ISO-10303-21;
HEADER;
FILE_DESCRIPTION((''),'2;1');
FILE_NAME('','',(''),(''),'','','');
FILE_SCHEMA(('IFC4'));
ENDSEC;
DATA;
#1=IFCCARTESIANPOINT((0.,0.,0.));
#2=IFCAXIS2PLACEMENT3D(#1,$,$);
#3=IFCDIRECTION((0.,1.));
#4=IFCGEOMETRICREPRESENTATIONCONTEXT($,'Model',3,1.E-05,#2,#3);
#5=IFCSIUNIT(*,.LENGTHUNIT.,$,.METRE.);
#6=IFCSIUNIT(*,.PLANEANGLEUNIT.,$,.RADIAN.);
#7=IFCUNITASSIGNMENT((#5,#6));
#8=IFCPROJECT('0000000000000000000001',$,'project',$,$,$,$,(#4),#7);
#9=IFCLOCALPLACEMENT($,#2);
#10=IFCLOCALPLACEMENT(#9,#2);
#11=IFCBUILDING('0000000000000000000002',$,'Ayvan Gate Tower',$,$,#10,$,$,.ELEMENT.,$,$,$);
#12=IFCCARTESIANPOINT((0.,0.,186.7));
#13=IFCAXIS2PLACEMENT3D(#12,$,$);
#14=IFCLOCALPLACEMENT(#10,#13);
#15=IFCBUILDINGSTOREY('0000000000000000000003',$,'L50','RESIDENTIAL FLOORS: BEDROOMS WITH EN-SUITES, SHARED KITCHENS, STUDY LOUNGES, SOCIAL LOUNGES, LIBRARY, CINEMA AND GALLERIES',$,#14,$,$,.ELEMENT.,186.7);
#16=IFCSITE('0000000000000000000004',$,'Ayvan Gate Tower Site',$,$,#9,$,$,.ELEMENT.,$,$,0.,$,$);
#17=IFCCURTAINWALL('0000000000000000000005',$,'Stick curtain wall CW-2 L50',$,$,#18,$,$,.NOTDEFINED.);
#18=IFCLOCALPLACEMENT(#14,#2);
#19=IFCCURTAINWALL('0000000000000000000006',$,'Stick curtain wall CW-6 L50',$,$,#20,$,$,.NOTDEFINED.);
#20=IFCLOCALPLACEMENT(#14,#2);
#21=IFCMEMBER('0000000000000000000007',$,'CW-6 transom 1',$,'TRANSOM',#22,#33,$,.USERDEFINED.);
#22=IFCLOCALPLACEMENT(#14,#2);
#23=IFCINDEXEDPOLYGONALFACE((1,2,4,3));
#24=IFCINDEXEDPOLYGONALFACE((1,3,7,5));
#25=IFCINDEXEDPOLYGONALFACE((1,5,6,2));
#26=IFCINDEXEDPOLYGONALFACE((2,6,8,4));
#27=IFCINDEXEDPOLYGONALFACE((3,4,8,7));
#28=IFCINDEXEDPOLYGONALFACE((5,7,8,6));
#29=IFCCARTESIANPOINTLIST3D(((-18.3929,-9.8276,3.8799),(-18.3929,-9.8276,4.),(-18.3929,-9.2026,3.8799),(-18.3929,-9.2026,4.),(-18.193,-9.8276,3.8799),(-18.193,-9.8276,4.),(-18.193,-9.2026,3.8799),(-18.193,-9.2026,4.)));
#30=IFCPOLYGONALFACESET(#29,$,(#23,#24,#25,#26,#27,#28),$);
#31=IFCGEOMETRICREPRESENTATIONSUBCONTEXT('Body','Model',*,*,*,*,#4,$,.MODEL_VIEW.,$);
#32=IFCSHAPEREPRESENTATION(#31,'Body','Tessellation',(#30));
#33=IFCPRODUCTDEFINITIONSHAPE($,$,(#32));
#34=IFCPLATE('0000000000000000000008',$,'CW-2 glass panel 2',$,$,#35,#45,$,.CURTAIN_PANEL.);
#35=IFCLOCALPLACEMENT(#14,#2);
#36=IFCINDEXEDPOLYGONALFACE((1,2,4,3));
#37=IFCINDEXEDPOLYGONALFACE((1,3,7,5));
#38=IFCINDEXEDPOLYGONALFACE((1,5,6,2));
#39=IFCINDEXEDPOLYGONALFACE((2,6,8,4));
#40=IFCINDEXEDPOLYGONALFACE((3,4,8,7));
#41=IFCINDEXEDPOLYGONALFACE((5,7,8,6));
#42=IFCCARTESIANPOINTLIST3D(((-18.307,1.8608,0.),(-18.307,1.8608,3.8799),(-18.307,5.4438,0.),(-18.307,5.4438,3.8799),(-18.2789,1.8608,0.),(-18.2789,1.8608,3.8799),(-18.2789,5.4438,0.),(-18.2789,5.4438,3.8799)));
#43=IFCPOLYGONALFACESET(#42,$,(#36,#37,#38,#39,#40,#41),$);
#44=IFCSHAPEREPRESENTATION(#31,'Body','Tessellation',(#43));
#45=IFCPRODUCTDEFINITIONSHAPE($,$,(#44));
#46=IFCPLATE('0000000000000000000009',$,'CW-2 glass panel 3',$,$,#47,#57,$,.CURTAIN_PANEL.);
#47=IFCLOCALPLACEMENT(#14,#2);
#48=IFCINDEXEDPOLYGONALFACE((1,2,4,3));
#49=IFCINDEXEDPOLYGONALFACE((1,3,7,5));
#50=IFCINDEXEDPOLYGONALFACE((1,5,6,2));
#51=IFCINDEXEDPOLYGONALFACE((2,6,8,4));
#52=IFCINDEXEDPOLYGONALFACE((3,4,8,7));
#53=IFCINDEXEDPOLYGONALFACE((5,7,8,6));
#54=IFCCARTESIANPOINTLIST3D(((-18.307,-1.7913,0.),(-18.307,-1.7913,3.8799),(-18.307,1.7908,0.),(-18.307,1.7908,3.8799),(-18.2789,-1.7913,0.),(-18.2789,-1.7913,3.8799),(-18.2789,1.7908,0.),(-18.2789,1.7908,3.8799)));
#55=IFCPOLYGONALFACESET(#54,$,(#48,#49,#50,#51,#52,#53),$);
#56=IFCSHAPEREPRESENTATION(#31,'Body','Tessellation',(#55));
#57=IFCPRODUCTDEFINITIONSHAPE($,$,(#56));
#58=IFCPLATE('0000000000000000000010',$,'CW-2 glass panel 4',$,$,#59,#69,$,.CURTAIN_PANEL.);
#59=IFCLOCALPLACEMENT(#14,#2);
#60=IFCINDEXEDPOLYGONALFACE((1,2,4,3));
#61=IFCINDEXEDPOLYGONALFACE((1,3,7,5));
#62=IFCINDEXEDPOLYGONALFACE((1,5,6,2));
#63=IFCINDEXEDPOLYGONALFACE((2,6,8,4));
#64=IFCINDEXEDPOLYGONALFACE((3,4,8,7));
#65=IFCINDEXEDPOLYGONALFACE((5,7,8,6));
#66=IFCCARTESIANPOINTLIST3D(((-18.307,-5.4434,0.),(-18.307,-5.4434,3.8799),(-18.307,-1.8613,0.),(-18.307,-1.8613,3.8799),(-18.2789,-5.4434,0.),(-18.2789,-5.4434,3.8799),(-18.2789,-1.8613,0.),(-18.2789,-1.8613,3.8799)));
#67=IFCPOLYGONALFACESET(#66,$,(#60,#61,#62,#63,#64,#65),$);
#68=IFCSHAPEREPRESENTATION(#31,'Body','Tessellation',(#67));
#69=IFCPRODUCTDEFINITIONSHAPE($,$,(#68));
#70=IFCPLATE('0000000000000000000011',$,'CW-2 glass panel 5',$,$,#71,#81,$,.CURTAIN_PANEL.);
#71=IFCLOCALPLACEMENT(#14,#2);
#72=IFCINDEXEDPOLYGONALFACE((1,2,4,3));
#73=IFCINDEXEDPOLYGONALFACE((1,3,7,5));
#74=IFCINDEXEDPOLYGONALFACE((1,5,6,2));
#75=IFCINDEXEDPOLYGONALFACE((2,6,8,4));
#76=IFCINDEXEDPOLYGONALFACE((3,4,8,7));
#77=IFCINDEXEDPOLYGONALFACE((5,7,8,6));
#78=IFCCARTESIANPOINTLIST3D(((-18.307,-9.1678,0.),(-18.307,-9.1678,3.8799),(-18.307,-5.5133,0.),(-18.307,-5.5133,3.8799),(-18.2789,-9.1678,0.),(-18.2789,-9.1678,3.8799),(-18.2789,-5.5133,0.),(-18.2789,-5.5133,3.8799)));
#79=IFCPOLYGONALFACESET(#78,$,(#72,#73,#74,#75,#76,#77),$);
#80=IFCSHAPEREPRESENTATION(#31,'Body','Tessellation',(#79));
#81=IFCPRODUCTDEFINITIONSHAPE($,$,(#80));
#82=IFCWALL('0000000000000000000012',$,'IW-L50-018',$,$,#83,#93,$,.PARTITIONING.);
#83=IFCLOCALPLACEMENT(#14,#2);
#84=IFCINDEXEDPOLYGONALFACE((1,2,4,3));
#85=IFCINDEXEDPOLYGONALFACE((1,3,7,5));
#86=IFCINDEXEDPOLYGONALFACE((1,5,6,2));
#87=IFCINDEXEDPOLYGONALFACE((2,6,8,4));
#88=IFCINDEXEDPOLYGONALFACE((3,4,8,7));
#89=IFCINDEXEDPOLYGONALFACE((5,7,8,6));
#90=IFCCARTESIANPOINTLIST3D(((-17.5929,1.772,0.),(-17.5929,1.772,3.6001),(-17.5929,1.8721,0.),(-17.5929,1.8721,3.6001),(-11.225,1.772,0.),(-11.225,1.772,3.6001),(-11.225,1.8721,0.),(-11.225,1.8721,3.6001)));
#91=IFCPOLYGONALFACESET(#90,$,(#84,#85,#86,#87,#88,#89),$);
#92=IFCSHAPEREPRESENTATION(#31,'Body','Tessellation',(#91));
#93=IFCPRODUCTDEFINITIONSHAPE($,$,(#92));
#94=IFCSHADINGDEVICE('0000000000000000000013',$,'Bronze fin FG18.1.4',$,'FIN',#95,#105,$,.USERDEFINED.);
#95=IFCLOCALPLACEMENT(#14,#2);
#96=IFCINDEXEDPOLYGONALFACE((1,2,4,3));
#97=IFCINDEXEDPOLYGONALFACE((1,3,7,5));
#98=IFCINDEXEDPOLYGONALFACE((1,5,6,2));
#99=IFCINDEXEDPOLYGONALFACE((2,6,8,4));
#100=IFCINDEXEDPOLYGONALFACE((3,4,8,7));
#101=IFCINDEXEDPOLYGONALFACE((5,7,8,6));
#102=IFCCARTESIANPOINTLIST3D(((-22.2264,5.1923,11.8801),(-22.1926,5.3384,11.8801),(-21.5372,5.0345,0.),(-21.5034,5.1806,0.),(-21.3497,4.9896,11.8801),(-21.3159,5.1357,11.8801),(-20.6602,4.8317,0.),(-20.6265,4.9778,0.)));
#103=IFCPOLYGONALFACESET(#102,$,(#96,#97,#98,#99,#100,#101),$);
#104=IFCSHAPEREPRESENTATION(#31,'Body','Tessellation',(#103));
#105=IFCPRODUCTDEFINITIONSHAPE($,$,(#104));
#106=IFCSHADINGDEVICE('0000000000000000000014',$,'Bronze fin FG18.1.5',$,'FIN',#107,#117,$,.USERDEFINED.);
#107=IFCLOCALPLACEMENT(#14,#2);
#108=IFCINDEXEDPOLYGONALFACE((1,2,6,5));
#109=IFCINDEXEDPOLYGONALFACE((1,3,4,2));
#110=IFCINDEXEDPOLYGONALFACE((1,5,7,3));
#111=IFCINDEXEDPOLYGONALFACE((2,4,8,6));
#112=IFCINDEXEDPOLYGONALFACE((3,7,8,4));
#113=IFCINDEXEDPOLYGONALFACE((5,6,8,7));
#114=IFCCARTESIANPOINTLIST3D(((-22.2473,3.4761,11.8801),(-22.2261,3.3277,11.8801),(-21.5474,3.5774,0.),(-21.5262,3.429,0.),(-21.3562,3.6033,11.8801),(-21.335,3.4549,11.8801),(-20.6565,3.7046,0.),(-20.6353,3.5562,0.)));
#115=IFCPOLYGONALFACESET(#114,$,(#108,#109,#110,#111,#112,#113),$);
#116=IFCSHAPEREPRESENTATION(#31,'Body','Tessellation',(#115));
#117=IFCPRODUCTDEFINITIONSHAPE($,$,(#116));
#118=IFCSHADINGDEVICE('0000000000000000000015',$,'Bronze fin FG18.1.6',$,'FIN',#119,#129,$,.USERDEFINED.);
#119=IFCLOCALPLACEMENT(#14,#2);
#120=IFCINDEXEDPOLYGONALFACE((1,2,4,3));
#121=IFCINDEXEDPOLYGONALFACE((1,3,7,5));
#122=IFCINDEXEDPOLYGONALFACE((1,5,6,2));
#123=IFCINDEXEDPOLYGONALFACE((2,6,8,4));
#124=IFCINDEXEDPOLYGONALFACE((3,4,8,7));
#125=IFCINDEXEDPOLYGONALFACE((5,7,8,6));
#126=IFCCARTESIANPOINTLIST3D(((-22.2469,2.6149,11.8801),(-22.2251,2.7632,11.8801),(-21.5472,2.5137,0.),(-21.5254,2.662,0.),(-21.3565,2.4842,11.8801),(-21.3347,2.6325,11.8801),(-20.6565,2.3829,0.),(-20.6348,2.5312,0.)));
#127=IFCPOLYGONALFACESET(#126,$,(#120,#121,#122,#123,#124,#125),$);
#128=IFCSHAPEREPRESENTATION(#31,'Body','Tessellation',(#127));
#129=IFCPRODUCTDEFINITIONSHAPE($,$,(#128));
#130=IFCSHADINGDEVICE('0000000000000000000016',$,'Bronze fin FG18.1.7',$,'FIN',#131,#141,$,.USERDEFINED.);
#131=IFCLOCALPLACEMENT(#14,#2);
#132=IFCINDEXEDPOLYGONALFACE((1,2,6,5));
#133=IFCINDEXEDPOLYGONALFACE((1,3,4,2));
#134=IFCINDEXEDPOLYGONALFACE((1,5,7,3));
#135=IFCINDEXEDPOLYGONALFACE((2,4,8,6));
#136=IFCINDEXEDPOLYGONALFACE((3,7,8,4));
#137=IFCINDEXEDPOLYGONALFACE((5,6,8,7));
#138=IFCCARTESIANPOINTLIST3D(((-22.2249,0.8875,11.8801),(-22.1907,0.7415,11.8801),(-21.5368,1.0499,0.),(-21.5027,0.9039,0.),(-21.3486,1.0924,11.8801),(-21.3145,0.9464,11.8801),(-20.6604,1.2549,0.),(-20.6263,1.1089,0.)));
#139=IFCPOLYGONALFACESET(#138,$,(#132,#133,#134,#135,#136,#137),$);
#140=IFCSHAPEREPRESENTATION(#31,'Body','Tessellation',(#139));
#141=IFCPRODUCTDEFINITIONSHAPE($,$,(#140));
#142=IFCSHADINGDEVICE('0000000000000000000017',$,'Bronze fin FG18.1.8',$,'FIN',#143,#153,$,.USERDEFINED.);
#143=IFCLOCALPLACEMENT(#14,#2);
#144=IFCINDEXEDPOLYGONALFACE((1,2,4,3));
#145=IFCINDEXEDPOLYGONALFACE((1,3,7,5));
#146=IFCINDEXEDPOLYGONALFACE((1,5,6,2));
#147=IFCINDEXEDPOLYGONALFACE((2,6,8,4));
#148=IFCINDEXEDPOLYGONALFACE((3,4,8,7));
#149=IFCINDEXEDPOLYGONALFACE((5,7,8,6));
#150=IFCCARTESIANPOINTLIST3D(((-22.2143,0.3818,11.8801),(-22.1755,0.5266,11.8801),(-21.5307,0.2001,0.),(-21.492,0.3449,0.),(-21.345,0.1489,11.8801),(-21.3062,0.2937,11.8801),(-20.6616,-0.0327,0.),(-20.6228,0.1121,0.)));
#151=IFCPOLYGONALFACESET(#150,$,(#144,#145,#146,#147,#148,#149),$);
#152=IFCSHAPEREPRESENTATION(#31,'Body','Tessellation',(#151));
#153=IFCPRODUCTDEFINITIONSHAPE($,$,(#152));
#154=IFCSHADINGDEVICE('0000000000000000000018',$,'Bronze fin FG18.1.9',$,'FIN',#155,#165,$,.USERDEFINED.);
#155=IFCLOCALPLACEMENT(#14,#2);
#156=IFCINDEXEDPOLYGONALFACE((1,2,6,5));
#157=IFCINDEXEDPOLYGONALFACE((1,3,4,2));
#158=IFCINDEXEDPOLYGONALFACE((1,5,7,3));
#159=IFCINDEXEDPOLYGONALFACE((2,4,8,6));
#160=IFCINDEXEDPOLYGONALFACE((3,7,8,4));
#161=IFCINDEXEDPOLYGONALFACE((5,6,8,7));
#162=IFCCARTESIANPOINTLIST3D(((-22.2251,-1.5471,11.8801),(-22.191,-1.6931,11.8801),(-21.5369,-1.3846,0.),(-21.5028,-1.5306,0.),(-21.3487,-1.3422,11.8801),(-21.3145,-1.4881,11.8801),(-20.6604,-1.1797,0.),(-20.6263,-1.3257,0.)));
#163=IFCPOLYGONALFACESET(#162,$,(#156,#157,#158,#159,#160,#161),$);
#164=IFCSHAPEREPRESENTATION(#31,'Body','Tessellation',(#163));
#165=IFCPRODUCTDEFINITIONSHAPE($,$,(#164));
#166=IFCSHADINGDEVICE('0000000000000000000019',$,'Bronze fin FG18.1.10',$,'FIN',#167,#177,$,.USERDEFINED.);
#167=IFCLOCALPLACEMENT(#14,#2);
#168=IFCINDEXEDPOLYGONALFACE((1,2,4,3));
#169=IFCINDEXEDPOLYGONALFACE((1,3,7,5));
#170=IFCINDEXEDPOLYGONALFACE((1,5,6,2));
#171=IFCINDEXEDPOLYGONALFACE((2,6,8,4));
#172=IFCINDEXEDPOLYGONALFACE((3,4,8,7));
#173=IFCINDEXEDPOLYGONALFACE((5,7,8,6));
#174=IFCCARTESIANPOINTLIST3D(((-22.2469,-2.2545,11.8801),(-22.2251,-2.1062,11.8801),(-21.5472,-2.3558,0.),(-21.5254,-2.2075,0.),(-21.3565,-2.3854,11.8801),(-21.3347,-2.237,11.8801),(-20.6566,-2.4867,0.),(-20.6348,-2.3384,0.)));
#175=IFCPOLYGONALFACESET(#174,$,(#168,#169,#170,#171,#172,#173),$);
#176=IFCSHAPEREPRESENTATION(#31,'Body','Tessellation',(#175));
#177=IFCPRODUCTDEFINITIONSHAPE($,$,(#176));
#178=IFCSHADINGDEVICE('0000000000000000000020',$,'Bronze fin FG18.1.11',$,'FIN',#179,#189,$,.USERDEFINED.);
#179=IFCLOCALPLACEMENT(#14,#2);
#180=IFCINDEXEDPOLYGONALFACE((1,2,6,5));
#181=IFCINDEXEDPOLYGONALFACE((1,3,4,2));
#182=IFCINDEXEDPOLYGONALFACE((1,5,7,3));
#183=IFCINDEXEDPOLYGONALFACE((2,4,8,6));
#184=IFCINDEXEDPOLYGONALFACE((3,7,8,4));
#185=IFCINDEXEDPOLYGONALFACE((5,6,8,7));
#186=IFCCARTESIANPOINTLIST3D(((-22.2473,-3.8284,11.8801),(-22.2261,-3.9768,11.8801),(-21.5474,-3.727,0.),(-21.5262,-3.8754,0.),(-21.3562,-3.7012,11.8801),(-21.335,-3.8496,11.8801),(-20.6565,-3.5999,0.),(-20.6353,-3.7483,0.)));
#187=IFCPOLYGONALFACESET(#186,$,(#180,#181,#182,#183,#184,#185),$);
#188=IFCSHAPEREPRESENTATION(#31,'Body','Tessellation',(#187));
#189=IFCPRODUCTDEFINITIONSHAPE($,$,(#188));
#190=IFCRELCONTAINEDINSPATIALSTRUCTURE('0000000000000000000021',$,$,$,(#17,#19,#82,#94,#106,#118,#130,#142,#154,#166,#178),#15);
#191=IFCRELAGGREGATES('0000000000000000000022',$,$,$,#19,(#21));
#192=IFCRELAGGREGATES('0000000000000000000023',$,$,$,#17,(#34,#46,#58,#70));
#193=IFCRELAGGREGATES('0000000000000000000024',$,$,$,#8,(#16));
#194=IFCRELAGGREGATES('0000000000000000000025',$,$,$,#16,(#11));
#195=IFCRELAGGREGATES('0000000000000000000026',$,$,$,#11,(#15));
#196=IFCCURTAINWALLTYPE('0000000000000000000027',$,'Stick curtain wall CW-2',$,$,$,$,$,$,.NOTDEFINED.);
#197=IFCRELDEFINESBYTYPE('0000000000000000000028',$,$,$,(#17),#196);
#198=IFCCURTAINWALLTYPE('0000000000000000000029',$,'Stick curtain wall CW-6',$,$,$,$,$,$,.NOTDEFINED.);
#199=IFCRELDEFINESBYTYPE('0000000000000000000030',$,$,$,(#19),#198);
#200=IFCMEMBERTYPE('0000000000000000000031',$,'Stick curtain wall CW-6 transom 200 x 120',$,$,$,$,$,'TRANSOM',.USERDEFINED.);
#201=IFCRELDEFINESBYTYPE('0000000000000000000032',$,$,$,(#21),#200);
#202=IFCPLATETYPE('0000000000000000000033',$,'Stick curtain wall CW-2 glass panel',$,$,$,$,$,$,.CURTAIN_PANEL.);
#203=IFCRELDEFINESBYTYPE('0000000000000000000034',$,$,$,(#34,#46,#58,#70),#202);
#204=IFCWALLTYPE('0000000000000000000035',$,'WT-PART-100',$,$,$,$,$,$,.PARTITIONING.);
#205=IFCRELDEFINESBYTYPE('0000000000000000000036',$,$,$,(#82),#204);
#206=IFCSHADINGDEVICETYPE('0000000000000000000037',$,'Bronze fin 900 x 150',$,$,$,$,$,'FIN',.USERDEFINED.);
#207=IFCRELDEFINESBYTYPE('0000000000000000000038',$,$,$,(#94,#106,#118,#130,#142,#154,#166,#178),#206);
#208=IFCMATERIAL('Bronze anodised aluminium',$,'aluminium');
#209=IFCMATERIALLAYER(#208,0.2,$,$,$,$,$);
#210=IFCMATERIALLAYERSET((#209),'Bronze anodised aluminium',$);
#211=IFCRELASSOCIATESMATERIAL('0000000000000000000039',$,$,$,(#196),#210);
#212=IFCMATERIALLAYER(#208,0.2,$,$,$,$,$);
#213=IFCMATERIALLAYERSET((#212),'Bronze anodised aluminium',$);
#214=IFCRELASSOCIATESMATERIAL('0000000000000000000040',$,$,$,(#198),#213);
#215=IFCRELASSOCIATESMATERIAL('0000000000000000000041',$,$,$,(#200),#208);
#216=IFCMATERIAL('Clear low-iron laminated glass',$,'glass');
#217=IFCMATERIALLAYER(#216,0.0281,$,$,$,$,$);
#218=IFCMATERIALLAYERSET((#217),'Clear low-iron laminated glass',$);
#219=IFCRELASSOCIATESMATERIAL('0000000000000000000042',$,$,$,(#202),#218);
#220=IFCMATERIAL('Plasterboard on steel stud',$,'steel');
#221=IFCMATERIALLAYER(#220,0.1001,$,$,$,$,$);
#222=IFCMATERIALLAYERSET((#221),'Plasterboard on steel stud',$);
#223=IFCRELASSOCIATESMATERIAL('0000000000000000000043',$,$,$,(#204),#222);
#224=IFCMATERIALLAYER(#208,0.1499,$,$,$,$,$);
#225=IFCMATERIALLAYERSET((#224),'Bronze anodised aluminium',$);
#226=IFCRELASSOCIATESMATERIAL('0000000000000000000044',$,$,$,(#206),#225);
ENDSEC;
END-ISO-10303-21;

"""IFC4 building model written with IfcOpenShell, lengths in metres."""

from ifc_helpers import new_model, si_unit, direction, frame, frame_2d, origin, origin_2d, place, context, subcontext, project, spatial, polyline, rectangle, outline, extrude, material, layer, layer_set, material_profile, profile_set, type_object, element, aggregate, save


model = new_model("IFC4")

# Units and contexts
model_context = context("Model", 3, precision=1e-05, world=origin(), true_north=direction((0.0, 1.0)))
body_context = subcontext(model_context, "Body", "Model", "MODEL_VIEW")
ifc_project = project(units=[si_unit("LENGTHUNIT", "METRE"), si_unit("PLANEANGLEUNIT", "RADIAN")], contexts=[model_context])

# Site, building, storey
site_placement = place(None, origin())
site = spatial("IfcSite", under=ifc_project, at=site_placement, Name="Ayvan Gate Tower Site", CompositionType="ELEMENT", RefElevation=0.0)
building_placement = place(site_placement, origin())
building = spatial("IfcBuilding", under=site, at=building_placement, Name="Ayvan Gate Tower", CompositionType="ELEMENT")
storey_placement = place(building_placement, frame((0.0, 0.0, 186.7)))
storey = spatial("IfcBuildingStorey", under=building, at=storey_placement, Name="L50", Description="RESIDENTIAL FLOORS: BEDROOMS WITH EN-SUITES, SHARED KITCHENS, STUDY LOUNGES, SOCIAL LOUNGES, LIBRARY, CINEMA AND GALLERIES", CompositionType="ELEMENT", Elevation=186.7)

# Curtain wall
ifc_material_1 = material(Name="Bronze anodised aluminium", Category="aluminium")
ifc_layer_1 = layer(ifc_material_1, 0.2)
ifc_layer_set_1 = layer_set([ifc_layer_1], Name="Bronze anodised aluminium")
curtain_wall_type_1 = type_object("IfcCurtainWallType", Name="Stick curtain wall CW-2", PredefinedType="NOTDEFINED", material=ifc_layer_set_1)
curtain_wall_1_placement = place(storey_placement, origin())
curtain_wall_1 = element("IfcCurtainWall", 1, at=curtain_wall_1_placement, inside=storey, type_object=curtain_wall_type_1, Name="Stick curtain wall CW-2 L50", PredefinedType="NOTDEFINED")

# Curtain wall, member
ifc_layer_2 = layer(ifc_material_1, 0.2)
ifc_layer_set_2 = layer_set([ifc_layer_2], Name="Bronze anodised aluminium")
curtain_wall_type_2 = type_object("IfcCurtainWallType", Name="Stick curtain wall CW-6", PredefinedType="NOTDEFINED", material=ifc_layer_set_2)
curtain_wall_2_placement = place(storey_placement, origin())
curtain_wall_2 = element("IfcCurtainWall", 2, at=curtain_wall_2_placement, inside=storey, type_object=curtain_wall_type_2, Name="Stick curtain wall CW-6 L50", PredefinedType="NOTDEFINED")
ifc_material_profile_1 = material_profile(ifc_material_1, rectangle(XDim=0.2, YDim=0.1201, at=origin_2d()), Name="Stick curtain wall CW-6 transom 200 x 120")
ifc_profile_set_1 = profile_set([ifc_material_profile_1], Name="Bronze anodised aluminium")
member_type_1 = type_object("IfcMemberType", Name="Stick curtain wall CW-6 transom 200 x 120", ElementType="TRANSOM", PredefinedType="USERDEFINED", material=ifc_profile_set_1)
member_1_placement = place(storey_placement, frame((-18.293, -9.2026, 3.9399), z_axis=(0.0, -1.0, 0.0), x_axis=(1.0, 0.0, 0.0)))
member_1 = element("IfcMember", 3, at=member_1_placement, type_object=member_type_1, Name="CW-6 transom 1", ObjectType="TRANSOM", PredefinedType="USERDEFINED", context=body_context, shape_type="SweptSolid", body=[
    extrude(rectangle(XDim=0.2, YDim=0.1201, at=origin_2d()), origin(), (0.0, 0.0, 1.0), 0.625),
])
aggregate(curtain_wall_2, [member_1])

# Plates
ifc_material_2 = material(Name="Clear low-iron laminated glass", Category="glass")
ifc_layer_3 = layer(ifc_material_2, 0.0281)
ifc_layer_set_3 = layer_set([ifc_layer_3], Name="Clear low-iron laminated glass")
plate_type = type_object("IfcPlateType", Name="Stick curtain wall CW-2 glass panel", PredefinedType="CURTAIN_PANEL", material=ifc_layer_set_3)
plate_1_placement = place(storey_placement, frame((-18.293, 3.6523, 0.0), z_axis=(0.0, 0.0, 1.0), x_axis=(0.0, -1.0, 0.0)))
plate_1 = element("IfcPlate", 4, at=plate_1_placement, type_object=plate_type, Name="CW-2 glass panel 2", PredefinedType="CURTAIN_PANEL", context=body_context, shape_type="SweptSolid", body=[
    extrude(rectangle(XDim=3.583, YDim=0.0281, at=origin_2d()), origin(), (0.0, 0.0, 1.0), 3.8799),
])
plate_2_placement = place(storey_placement, frame((-18.293, -0.0002, 0.0), z_axis=(0.0, 0.0, 1.0), x_axis=(0.0, -1.0, 0.0)))
plate_2 = element("IfcPlate", 5, at=plate_2_placement, type_object=plate_type, Name="CW-2 glass panel 3", PredefinedType="CURTAIN_PANEL", context=body_context, shape_type="SweptSolid", body=[
    extrude(rectangle(XDim=3.582, YDim=0.0281, at=origin_2d()), origin(), (0.0, 0.0, 1.0), 3.8799),
])
plate_3_placement = place(storey_placement, frame((-18.293, -3.6523, 0.0), z_axis=(0.0, 0.0, 1.0), x_axis=(0.0, -1.0, 0.0)))
plate_3 = element("IfcPlate", 6, at=plate_3_placement, type_object=plate_type, Name="CW-2 glass panel 4", PredefinedType="CURTAIN_PANEL", context=body_context, shape_type="SweptSolid", body=[
    extrude(rectangle(XDim=3.582, YDim=0.0281, at=origin_2d()), origin(), (0.0, 0.0, 1.0), 3.8799),
])
plate_4_placement = place(storey_placement, frame((-18.293, -7.3406, 0.0), z_axis=(0.0, 0.0, 1.0), x_axis=(0.0, -1.0, 0.0)))
plate_4 = element("IfcPlate", 7, at=plate_4_placement, type_object=plate_type, Name="CW-2 glass panel 5", PredefinedType="CURTAIN_PANEL", context=body_context, shape_type="SweptSolid", body=[
    extrude(rectangle(XDim=3.6545, YDim=0.0281, at=origin_2d()), origin(), (0.0, 0.0, 1.0), 3.8799),
])
aggregate(curtain_wall_1, [plate_1, plate_2, plate_3, plate_4])

# Wall
ifc_material_3 = material(Name="Plasterboard on steel stud", Category="steel")
ifc_layer_4 = layer(ifc_material_3, 0.1001)
ifc_layer_set_4 = layer_set([ifc_layer_4], Name="Plasterboard on steel stud")
wall_type = type_object("IfcWallType", Name="WT-PART-100", PredefinedType="PARTITIONING", material=ifc_layer_set_4)
wall_placement = place(storey_placement, frame((-17.593, 1.822, 0.0), z_axis=(0.0, 0.0, 1.0), x_axis=(1.0, 0.0, 0.0)))
element("IfcWall", 8, at=wall_placement, inside=storey, type_object=wall_type, Name="IW-L50-018", PredefinedType="PARTITIONING", context=body_context, shape_type="SweptSolid", body=[
    extrude(rectangle(XDim=6.3679, YDim=0.1001, at=frame_2d((3.1841, 0.0))), origin(), (0.0, 0.0, 1.0), 3.6001),
])

# Shading devices
ifc_layer_5 = layer(ifc_material_1, 0.1499)
ifc_layer_set_5 = layer_set([ifc_layer_5], Name="Bronze anodised aluminium")
shading_device_type = type_object("IfcShadingDeviceType", Name="Bronze fin 900 x 150", ElementType="FIN", PredefinedType="USERDEFINED", material=ifc_layer_set_5)
shading_device_1_placement = place(storey_placement, frame((-20.6265, 4.9778, 0.0), z_axis=(0.225295, 0.974291, 0.000128), x_axis=(-0.974291, 0.225295, 0.0)))
element("IfcShadingDevice", 9, at=shading_device_1_placement, inside=storey, type_object=shading_device_type, Name="Bronze fin FG18.1.4", ObjectType="FIN", PredefinedType="USERDEFINED", context=body_context, shape_type="SweptSolid", body=[
    extrude(outline(polyline([(0.0, 0.0), (0.9001, 0.0), (1.6071, 11.8801), (0.7073, 11.8801), (0.0, 0.0)])), origin(), (0.0, 0.0, -1.0), 0.1499),
])
shading_device_2_placement = place(storey_placement, frame((-20.6565, 3.7046, 0.0), z_axis=(-0.141326, 0.989963, 0.000118), x_axis=(-0.989963, -0.141326, 0.0)))
element("IfcShadingDevice", 10, at=shading_device_2_placement, inside=storey, type_object=shading_device_type, Name="Bronze fin FG18.1.5", ObjectType="FIN", PredefinedType="USERDEFINED", context=body_context, shape_type="SweptSolid", body=[
    extrude(outline(polyline([(0.0, 0.0), (0.8999, 0.0), (1.6071, 11.8801), (0.707, 11.8801), (0.0, 0.0)])), origin(), (0.0, 0.0, -1.0), 0.1499),
])
shading_device_3_placement = place(storey_placement, frame((-20.6348, 2.5312, 0.0), z_axis=(0.145256, 0.989394, 0.000129), x_axis=(-0.989394, 0.145256, 0.0)))
element("IfcShadingDevice", 11, at=shading_device_3_placement, inside=storey, type_object=shading_device_type, Name="Bronze fin FG18.1.6", ObjectType="FIN", PredefinedType="USERDEFINED", context=body_context, shape_type="SweptSolid", body=[
    extrude(outline(polyline([(0.0, 0.0), (0.9002, 0.0), (1.6072, 11.8801), (0.7072, 11.8801), (0.0, 0.0)])), origin(), (0.0, 0.0, -1.0), 0.1499),
])
shading_device_4_placement = place(storey_placement, frame((-20.6604, 1.2549, 0.0), z_axis=(-0.227731, 0.973724, 0.000126), x_axis=(-0.973724, -0.227731, 0.0)))
element("IfcShadingDevice", 12, at=shading_device_4_placement, inside=storey, type_object=shading_device_type, Name="Bronze fin FG18.1.7", ObjectType="FIN", PredefinedType="USERDEFINED", context=body_context, shape_type="SweptSolid", body=[
    extrude(outline(polyline([(0.0, 0.0), (0.9001, 0.0), (1.607, 11.8801), (0.7071, 11.8801), (0.0, 0.0)])), origin(), (0.0, 0.0, -1.0), 0.1499),
])
shading_device_5_placement = place(storey_placement, frame((-20.6228, 0.1121, 0.0), z_axis=(0.258811, 0.965928, 0.000121), x_axis=(-0.965928, 0.258811, 0.0)))
element("IfcShadingDevice", 13, at=shading_device_5_placement, inside=storey, type_object=shading_device_type, Name="Bronze fin FG18.1.8", ObjectType="FIN", PredefinedType="USERDEFINED", context=body_context, shape_type="SweptSolid", body=[
    extrude(outline(polyline([(0.0, 0.0), (0.8998, 0.0), (1.6071, 11.8801), (0.7071, 11.8801), (0.0, 0.0)])), origin(), (0.0, 0.0, -1.0), 0.1499),
])
shading_device_6_placement = place(storey_placement, frame((-20.6604, -1.1797, 0.0), z_axis=(-0.227701, 0.973731, 0.000126), x_axis=(-0.973731, -0.227701, 0.0)))
element("IfcShadingDevice", 14, at=shading_device_6_placement, inside=storey, type_object=shading_device_type, Name="Bronze fin FG18.1.9", ObjectType="FIN", PredefinedType="USERDEFINED", context=body_context, shape_type="SweptSolid", body=[
    extrude(outline(polyline([(0.0, 0.0), (0.9001, 0.0), (1.6073, 11.8801), (0.7072, 11.8801), (0.0, 0.0)])), origin(), (0.0, 0.0, -1.0), 0.1499),
])
shading_device_7_placement = place(storey_placement, frame((-20.6348, -2.3384, 0.0), z_axis=(0.145389, 0.989375, 0.000127), x_axis=(-0.989375, 0.145389, 0.0)))
element("IfcShadingDevice", 15, at=shading_device_7_placement, inside=storey, type_object=shading_device_type, Name="Bronze fin FG18.1.10", ObjectType="FIN", PredefinedType="USERDEFINED", context=body_context, shape_type="SweptSolid", body=[
    extrude(outline(polyline([(0.0, 0.0), (0.9002, 0.0), (1.6072, 11.8801), (0.7072, 11.8801), (0.0, 0.0)])), origin(), (0.0, 0.0, -1.0), 0.1499),
])
shading_device_8_placement = place(storey_placement, frame((-20.6565, -3.5999, 0.0), z_axis=(-0.141326, 0.989963, 0.000118), x_axis=(-0.989963, -0.141326, 0.0)))
element("IfcShadingDevice", 16, at=shading_device_8_placement, inside=storey, type_object=shading_device_type, Name="Bronze fin FG18.1.11", ObjectType="FIN", PredefinedType="USERDEFINED", context=body_context, shape_type="SweptSolid", body=[
    extrude(outline(polyline([(0.0, 0.0), (0.8999, 0.0), (1.6071, 11.8801), (0.707, 11.8801), (0.0, 0.0)])), origin(), (0.0, 0.0, -1.0), 0.1499),
])

save(model, "model.ifc")
